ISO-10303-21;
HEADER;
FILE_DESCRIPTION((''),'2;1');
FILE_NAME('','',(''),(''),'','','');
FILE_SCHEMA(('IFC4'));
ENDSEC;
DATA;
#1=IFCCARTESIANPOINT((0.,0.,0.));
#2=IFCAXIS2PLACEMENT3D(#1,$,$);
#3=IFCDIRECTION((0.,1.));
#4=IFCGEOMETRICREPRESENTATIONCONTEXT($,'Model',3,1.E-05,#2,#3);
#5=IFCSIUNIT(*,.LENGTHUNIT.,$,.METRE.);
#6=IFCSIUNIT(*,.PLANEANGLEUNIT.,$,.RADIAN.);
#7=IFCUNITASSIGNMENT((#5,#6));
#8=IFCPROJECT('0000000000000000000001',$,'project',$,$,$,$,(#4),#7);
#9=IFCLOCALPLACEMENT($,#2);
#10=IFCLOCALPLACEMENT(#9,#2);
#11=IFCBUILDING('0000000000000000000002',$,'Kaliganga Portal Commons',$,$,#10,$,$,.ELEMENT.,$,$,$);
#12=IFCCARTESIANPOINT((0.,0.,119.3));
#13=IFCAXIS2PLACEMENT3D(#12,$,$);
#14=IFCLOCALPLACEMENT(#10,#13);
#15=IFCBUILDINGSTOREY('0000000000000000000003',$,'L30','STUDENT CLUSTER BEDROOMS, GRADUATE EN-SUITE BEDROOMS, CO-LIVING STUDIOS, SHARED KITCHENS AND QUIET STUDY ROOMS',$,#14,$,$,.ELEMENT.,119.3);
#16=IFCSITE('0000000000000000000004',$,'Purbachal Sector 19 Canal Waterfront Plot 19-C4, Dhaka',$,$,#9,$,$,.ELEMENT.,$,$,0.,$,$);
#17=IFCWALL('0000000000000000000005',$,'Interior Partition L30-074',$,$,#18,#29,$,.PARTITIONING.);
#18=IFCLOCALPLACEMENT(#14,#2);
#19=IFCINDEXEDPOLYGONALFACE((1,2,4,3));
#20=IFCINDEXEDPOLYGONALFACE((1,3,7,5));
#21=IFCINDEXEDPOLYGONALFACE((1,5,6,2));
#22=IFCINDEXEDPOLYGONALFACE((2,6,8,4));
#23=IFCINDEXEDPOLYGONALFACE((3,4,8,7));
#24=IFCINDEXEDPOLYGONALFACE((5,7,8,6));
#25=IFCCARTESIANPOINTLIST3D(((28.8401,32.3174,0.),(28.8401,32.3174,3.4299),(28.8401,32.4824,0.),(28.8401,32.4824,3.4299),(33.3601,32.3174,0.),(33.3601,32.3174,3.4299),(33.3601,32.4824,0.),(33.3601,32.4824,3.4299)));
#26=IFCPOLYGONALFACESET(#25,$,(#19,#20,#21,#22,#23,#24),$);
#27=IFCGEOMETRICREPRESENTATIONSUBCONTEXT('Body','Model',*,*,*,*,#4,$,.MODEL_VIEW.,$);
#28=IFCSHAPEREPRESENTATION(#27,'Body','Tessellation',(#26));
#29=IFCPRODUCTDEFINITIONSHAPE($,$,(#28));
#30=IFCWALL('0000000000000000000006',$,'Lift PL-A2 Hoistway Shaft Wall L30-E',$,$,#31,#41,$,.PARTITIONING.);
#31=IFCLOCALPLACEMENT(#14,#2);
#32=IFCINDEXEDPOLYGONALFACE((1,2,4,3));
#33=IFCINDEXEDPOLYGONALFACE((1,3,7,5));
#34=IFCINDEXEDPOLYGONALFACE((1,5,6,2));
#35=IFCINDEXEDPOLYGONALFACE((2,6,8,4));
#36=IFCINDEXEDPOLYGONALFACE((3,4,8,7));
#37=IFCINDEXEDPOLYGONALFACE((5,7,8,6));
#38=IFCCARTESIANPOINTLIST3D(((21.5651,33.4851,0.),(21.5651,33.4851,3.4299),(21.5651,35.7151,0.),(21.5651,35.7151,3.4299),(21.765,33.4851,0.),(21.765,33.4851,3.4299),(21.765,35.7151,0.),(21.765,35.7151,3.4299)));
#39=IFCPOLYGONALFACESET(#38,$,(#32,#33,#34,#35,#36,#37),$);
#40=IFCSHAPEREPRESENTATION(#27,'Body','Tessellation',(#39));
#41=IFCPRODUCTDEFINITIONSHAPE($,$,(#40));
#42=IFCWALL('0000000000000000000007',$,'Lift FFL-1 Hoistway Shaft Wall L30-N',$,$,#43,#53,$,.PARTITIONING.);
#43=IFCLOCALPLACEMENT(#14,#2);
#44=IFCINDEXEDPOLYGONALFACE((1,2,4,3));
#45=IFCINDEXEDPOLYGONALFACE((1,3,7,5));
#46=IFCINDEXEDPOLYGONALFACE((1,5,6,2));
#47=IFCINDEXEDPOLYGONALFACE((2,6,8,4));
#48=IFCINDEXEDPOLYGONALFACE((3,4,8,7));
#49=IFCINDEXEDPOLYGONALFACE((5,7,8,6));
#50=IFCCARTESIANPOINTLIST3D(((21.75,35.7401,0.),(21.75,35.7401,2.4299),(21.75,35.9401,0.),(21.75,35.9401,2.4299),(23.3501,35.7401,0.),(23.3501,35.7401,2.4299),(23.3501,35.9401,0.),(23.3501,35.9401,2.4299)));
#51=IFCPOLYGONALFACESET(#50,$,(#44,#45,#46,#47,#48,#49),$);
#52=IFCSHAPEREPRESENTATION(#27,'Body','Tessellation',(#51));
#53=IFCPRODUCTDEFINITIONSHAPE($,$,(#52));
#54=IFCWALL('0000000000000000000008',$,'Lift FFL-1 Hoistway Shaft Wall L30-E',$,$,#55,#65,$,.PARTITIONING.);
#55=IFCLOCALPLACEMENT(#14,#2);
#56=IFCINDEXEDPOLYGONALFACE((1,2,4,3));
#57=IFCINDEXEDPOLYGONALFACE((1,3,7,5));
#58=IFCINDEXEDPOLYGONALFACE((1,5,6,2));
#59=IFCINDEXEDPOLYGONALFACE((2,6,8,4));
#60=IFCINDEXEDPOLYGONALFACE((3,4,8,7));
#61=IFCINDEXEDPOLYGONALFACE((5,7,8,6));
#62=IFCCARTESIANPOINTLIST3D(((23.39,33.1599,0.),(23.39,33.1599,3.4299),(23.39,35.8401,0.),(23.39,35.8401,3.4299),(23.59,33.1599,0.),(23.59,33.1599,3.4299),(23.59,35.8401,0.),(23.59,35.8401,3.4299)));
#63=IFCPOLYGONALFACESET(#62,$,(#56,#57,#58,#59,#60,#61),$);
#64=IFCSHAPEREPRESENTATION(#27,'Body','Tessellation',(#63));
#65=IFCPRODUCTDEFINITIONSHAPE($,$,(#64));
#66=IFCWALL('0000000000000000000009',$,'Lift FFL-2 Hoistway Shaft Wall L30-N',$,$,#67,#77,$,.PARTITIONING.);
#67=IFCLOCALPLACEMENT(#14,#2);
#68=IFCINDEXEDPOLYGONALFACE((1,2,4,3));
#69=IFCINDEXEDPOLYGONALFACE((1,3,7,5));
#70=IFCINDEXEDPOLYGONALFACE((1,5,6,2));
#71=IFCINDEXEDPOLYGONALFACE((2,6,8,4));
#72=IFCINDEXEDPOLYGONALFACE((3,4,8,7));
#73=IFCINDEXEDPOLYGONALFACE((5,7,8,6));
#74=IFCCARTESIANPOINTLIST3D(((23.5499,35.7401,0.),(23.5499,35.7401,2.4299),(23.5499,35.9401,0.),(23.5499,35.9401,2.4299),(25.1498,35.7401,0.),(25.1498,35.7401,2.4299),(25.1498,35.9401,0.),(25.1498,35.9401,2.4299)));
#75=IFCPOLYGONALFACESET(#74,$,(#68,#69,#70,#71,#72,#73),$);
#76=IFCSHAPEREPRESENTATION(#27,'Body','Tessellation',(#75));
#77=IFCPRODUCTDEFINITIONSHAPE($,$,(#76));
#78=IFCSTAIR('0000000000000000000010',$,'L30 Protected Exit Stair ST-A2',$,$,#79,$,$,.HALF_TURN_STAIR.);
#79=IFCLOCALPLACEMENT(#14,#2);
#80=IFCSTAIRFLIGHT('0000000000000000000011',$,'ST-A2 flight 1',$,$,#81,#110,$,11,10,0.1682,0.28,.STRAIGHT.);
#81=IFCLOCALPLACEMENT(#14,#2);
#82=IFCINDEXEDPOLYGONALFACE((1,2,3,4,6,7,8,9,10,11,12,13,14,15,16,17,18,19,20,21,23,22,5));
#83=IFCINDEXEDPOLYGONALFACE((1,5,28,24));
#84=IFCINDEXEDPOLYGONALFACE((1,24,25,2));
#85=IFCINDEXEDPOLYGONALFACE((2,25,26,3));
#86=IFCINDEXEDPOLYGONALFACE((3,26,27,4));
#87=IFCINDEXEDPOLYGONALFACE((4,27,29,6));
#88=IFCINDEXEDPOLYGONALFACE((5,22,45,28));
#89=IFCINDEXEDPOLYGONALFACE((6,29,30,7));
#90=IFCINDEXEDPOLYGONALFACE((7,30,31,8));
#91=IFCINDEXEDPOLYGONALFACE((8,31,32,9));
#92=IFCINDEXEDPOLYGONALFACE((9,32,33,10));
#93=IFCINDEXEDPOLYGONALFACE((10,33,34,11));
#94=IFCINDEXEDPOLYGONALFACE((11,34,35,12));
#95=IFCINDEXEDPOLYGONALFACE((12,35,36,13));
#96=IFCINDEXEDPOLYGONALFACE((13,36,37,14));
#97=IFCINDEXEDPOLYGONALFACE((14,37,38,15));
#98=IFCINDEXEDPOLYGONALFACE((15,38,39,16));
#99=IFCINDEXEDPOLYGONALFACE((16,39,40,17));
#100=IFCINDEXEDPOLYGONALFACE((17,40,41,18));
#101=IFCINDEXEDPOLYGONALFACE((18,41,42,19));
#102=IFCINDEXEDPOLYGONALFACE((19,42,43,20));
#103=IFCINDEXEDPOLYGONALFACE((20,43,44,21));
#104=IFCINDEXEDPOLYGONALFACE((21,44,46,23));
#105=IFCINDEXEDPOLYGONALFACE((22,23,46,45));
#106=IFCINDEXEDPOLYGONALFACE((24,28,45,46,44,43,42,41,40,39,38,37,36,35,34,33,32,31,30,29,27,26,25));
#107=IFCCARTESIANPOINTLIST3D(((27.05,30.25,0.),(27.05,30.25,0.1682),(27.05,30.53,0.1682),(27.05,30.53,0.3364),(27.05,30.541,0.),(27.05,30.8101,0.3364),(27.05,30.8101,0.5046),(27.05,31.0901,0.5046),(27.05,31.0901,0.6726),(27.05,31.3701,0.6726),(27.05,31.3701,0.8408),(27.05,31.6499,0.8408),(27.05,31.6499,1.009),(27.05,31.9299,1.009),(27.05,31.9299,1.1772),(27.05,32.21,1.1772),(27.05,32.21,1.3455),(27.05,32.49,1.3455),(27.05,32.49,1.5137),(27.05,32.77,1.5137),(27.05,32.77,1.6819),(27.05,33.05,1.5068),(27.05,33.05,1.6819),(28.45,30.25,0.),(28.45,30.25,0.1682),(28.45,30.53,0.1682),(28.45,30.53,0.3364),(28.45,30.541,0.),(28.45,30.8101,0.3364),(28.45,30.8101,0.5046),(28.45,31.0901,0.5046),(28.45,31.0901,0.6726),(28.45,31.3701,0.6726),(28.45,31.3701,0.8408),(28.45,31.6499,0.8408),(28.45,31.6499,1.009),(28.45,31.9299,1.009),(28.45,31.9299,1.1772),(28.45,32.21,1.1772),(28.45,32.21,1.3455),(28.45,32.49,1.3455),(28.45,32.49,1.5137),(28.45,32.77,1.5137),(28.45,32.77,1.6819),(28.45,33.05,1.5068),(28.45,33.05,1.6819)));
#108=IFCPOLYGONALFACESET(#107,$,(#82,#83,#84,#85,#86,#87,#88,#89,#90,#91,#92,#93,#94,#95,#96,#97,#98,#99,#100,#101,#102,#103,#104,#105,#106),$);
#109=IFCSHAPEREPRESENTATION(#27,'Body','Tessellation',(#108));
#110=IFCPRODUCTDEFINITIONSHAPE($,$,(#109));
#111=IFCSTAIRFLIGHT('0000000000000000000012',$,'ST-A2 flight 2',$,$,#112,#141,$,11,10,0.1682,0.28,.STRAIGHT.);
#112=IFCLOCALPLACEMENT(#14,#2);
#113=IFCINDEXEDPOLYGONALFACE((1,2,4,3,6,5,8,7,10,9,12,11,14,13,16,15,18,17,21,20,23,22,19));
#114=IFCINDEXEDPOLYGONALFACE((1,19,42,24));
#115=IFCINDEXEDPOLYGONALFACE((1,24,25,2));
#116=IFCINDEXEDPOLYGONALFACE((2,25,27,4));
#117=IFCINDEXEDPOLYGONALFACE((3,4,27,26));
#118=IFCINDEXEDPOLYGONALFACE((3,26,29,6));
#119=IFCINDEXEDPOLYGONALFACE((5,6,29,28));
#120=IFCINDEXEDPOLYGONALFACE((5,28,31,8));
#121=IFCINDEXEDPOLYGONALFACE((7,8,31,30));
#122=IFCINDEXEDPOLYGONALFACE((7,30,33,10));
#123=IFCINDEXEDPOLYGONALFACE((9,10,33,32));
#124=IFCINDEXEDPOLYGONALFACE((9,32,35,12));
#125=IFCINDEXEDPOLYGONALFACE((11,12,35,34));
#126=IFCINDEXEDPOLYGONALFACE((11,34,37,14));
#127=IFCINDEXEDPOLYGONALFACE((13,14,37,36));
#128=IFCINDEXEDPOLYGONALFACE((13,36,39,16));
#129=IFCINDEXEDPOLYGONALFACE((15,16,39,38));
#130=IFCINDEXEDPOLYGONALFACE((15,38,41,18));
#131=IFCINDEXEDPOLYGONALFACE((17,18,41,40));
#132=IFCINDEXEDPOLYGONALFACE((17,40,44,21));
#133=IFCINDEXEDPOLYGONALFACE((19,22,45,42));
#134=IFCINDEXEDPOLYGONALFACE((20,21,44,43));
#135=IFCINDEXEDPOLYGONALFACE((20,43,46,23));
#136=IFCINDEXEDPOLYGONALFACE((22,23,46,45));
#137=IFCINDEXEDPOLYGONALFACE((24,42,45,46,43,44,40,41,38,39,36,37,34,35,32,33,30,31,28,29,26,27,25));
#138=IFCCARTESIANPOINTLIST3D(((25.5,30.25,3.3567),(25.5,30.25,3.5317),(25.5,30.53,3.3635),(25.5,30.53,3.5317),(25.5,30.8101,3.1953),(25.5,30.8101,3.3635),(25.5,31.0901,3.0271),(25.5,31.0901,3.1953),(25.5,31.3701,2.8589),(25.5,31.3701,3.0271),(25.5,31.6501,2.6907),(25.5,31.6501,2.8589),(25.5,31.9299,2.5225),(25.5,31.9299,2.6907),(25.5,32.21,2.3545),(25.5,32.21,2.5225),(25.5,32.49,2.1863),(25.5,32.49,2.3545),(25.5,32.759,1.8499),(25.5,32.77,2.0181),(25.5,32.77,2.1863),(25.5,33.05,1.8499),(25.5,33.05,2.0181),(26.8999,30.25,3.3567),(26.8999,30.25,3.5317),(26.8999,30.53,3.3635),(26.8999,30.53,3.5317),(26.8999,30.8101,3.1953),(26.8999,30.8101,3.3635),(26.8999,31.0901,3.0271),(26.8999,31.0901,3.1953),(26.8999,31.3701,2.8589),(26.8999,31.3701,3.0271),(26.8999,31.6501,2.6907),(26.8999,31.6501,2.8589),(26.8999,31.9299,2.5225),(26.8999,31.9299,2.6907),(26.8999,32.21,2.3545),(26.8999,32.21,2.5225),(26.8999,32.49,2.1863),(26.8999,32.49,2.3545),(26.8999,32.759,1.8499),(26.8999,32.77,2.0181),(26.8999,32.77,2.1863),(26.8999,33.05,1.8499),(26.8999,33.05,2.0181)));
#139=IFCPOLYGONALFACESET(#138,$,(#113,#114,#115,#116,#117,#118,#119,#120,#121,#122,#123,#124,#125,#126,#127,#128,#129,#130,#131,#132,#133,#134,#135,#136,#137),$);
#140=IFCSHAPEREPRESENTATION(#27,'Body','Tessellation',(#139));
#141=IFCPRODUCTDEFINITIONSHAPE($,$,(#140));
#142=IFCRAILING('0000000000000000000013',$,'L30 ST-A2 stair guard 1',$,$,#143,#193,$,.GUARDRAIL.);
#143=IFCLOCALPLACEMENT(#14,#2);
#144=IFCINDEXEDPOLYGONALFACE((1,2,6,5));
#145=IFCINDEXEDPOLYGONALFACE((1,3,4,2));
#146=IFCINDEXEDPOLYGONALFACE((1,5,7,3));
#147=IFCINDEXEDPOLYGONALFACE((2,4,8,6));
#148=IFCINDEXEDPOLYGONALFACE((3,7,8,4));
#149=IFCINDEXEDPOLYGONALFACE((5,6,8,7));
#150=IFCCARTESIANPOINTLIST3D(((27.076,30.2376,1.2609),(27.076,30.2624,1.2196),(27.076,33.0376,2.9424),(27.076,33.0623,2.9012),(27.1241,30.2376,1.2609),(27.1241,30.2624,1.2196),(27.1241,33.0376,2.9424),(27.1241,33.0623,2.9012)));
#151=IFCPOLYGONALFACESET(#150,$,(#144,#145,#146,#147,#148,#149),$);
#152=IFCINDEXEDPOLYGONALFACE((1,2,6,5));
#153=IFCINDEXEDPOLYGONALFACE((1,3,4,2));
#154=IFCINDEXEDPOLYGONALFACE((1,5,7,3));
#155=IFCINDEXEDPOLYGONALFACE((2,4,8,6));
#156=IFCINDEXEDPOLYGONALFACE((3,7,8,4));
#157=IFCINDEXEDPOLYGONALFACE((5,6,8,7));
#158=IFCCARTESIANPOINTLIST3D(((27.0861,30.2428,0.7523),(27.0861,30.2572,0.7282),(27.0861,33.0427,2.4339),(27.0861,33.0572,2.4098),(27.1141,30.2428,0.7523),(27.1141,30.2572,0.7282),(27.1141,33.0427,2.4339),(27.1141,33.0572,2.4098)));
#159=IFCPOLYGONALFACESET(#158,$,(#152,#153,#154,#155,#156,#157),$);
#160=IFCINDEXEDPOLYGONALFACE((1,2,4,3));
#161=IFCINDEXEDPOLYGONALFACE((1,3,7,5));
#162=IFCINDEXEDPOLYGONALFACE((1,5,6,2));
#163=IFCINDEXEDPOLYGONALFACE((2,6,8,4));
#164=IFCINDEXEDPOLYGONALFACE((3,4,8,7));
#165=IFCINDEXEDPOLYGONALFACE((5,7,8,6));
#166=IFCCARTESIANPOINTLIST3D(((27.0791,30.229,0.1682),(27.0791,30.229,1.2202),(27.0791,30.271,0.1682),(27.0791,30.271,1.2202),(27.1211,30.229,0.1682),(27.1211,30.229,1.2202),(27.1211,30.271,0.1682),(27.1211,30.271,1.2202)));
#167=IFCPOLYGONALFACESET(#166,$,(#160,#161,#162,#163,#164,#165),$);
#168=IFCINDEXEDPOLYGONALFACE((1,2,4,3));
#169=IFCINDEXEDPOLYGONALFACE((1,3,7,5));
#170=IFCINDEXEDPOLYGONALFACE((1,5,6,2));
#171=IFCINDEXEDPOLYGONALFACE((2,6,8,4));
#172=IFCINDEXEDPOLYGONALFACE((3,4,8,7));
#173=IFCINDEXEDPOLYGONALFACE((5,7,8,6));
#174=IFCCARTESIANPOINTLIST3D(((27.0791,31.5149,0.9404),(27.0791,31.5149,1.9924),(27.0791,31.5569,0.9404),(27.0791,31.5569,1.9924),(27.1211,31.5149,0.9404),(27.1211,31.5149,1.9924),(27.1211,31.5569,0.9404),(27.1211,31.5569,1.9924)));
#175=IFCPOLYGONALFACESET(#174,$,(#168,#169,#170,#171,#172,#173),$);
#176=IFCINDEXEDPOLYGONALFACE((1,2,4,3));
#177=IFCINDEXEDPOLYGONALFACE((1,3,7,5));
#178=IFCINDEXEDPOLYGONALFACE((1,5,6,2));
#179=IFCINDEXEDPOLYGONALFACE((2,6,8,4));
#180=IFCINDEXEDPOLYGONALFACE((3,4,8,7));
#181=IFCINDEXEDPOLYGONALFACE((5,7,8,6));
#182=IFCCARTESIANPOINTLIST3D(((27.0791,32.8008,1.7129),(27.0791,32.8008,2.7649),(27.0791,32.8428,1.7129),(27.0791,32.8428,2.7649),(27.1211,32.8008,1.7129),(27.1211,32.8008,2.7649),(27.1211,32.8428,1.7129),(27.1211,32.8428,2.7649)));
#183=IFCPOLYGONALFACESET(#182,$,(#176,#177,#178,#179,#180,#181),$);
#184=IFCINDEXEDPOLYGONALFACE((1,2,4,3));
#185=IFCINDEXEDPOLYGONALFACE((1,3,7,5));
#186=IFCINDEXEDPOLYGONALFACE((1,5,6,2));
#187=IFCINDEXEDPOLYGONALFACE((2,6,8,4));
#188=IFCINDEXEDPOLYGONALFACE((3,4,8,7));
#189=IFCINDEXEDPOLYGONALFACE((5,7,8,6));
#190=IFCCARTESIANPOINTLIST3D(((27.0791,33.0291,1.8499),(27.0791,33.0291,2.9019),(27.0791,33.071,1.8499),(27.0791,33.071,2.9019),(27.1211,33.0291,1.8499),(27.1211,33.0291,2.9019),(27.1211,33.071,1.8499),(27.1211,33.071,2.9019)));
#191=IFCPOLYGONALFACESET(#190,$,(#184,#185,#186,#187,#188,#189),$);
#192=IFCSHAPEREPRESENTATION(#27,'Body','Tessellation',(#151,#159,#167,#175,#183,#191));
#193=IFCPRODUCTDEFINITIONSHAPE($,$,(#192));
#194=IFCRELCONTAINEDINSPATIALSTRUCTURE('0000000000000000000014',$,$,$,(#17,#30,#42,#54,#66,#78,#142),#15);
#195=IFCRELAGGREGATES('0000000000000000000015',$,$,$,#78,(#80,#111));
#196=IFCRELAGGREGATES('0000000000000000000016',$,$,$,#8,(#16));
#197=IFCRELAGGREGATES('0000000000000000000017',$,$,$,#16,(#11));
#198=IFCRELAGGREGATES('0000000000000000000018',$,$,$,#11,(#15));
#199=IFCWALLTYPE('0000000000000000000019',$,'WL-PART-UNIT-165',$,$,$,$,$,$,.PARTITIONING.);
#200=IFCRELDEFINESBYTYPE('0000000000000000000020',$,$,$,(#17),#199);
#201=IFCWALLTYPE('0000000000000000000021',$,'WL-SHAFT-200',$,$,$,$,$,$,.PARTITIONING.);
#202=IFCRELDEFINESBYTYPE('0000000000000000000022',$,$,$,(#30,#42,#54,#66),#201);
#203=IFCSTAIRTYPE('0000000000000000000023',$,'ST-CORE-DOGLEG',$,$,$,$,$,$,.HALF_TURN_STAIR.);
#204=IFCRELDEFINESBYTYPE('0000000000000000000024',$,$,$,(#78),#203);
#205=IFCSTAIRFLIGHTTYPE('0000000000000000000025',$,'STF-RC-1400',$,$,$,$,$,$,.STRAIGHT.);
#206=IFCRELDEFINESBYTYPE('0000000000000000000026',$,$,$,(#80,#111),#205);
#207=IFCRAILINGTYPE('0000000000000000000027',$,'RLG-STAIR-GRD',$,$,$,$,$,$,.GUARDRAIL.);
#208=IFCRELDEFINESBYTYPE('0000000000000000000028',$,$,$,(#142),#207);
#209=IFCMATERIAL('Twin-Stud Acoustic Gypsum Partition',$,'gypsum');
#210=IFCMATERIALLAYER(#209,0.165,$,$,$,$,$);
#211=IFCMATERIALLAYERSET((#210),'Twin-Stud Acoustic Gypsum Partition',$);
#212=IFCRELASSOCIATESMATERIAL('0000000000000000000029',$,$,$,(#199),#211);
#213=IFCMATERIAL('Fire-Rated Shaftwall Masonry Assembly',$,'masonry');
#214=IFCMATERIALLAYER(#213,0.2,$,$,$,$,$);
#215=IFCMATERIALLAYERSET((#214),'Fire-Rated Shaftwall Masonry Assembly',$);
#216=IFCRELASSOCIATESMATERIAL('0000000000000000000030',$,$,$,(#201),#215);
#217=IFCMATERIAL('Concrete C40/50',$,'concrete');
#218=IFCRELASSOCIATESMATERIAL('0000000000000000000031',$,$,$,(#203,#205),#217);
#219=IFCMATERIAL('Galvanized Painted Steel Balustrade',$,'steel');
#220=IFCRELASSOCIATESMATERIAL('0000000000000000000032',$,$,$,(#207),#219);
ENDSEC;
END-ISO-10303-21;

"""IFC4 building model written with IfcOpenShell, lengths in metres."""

from ifc_helpers import new_model, si_unit, direction, frame, frame_2d, origin, origin_2d, place, context, subcontext, project, spatial, polyline, rectangle, outline, extrude, material, layer, layer_set, type_object, element, aggregate, save


model = new_model("IFC4")

# Units and contexts
model_context = context("Model", 3, precision=1e-05, world=origin(), true_north=direction((0.0, 1.0)))
body_context = subcontext(model_context, "Body", "Model", "MODEL_VIEW")
ifc_project = project(units=[si_unit("LENGTHUNIT", "METRE"), si_unit("PLANEANGLEUNIT", "RADIAN")], contexts=[model_context])

# Site, building, storey
site_placement = place(None, origin())
site = spatial("IfcSite", under=ifc_project, at=site_placement, Name="Purbachal Sector 19 Canal Waterfront Plot 19-C4, Dhaka", CompositionType="ELEMENT", RefElevation=0.0)
building_placement = place(site_placement, origin())
building = spatial("IfcBuilding", under=site, at=building_placement, Name="Kaliganga Portal Commons", CompositionType="ELEMENT")
storey_placement = place(building_placement, frame((0.0, 0.0, 119.3)))
storey = spatial("IfcBuildingStorey", under=building, at=storey_placement, Name="L30", Description="STUDENT CLUSTER BEDROOMS, GRADUATE EN-SUITE BEDROOMS, CO-LIVING STUDIOS, SHARED KITCHENS AND QUIET STUDY ROOMS", CompositionType="ELEMENT", Elevation=119.3)

# Walls
ifc_material_1 = material(Name="Twin-Stud Acoustic Gypsum Partition", Category="gypsum")
ifc_layer_1 = layer(ifc_material_1, 0.165)
ifc_layer_set_1 = layer_set([ifc_layer_1], Name="Twin-Stud Acoustic Gypsum Partition")
wall_type_1 = type_object("IfcWallType", Name="WL-PART-UNIT-165", PredefinedType="PARTITIONING", material=ifc_layer_set_1)
wall_1_placement = place(storey_placement, frame((28.8401, 32.3999, 0.0), z_axis=(0.0, 0.0, 1.0), x_axis=(1.0, 0.0, 0.0)))
element("IfcWall", 1, at=wall_1_placement, inside=storey, type_object=wall_type_1, Name="Interior Partition L30-074", PredefinedType="PARTITIONING", context=body_context, shape_type="SweptSolid", body=[
    extrude(rectangle(XDim=4.52, YDim=0.165, at=frame_2d((2.26, 0.0))), origin(), (0.0, 0.0, 1.0), 3.4299),
])
ifc_material_2 = material(Name="Fire-Rated Shaftwall Masonry Assembly", Category="masonry")
ifc_layer_2 = layer(ifc_material_2, 0.2)
ifc_layer_set_2 = layer_set([ifc_layer_2], Name="Fire-Rated Shaftwall Masonry Assembly")
wall_type_2 = type_object("IfcWallType", Name="WL-SHAFT-200", PredefinedType="PARTITIONING", material=ifc_layer_set_2)
wall_2_placement = place(storey_placement, frame((21.665, 33.4851, 0.0), z_axis=(0.0, 0.0, 1.0), x_axis=(0.0, 1.0, 0.0)))
element("IfcWall", 2, at=wall_2_placement, inside=storey, type_object=wall_type_2, Name="Lift PL-A2 Hoistway Shaft Wall L30-E", PredefinedType="PARTITIONING", context=body_context, shape_type="SweptSolid", body=[
    extrude(rectangle(XDim=2.23, YDim=0.2, at=frame_2d((1.115, 0.0))), origin(), (0.0, 0.0, 1.0), 3.4299),
])

# Walls
wall_3_placement = place(storey_placement, frame((21.75, 35.8401, 0.0), z_axis=(0.0, 0.0, 1.0), x_axis=(1.0, 0.0, 0.0)))
element("IfcWall", 3, at=wall_3_placement, inside=storey, type_object=wall_type_2, Name="Lift FFL-1 Hoistway Shaft Wall L30-N", PredefinedType="PARTITIONING", context=body_context, shape_type="SweptSolid", body=[
    extrude(rectangle(XDim=1.6001, YDim=0.2, at=frame_2d((0.8, 0.0))), origin(), (0.0, 0.0, 1.0), 2.4299),
])
wall_4_placement = place(storey_placement, frame((23.49, 33.1599, 0.0), z_axis=(0.0, 0.0, 1.0), x_axis=(0.0, 1.0, 0.0)))
element("IfcWall", 4, at=wall_4_placement, inside=storey, type_object=wall_type_2, Name="Lift FFL-1 Hoistway Shaft Wall L30-E", PredefinedType="PARTITIONING", context=body_context, shape_type="SweptSolid", body=[
    extrude(rectangle(XDim=2.6802, YDim=0.2, at=frame_2d((1.3401, 0.0))), origin(), (0.0, 0.0, 1.0), 3.4299),
])

# Wall
wall_5_placement = place(storey_placement, frame((23.55, 35.8401, 0.0), z_axis=(0.0, 0.0, 1.0), x_axis=(1.0, 0.0, 0.0)))
element("IfcWall", 5, at=wall_5_placement, inside=storey, type_object=wall_type_2, Name="Lift FFL-2 Hoistway Shaft Wall L30-N", PredefinedType="PARTITIONING", context=body_context, shape_type="SweptSolid", body=[
    extrude(rectangle(XDim=1.5999, YDim=0.2, at=frame_2d((0.7998, 0.0))), origin(), (0.0, 0.0, 1.0), 2.4299),
])

# Stair, stair flights
ifc_material_3 = material(Name="Concrete C40/50", Category="concrete")
stair_type = type_object("IfcStairType", Name="ST-CORE-DOGLEG", PredefinedType="HALF_TURN_STAIR", material=ifc_material_3)
stair_placement = place(storey_placement, origin())
stair = element("IfcStair", 6, at=stair_placement, inside=storey, type_object=stair_type, Name="L30 Protected Exit Stair ST-A2", PredefinedType="HALF_TURN_STAIR")
stair_flight_type = type_object("IfcStairFlightType", Name="STF-RC-1400", PredefinedType="STRAIGHT", material=ifc_material_3)
stair_flight_1_placement = place(storey_placement, frame((27.75, 30.25, 0.0), z_axis=(0.0, 0.0, 1.0), x_axis=(0.0, 1.0, 0.0)))
stair_flight_1 = element("IfcStairFlight", 7, at=stair_flight_1_placement, type_object=stair_flight_type, Name="ST-A2 flight 1", NumberOfRisers=11, NumberOfTreads=10, PredefinedType="STRAIGHT", RiserHeight=0.1682, TreadLength=0.28, context=body_context, shape_type="SweptSolid", body=[
    extrude(outline(polyline([(0.0, 0.0), (0.0, 0.1682), (0.28, 0.1682), (0.28, 0.3364), (0.5601, 0.3364), (0.5601, 0.5046), (0.8401, 0.5046), (0.8401, 0.6726), (1.1201, 0.6726), (1.1201, 0.8408), (1.3999, 0.8408), (1.3999, 1.009), (1.6799, 1.009), (1.6799, 1.1772), (1.96, 1.1772), (1.96, 1.3455), (2.24, 1.3455), (2.24, 1.5137), (2.52, 1.5137), (2.52, 1.6819), (2.8, 1.6819), (2.8, 1.8501), (2.8, 1.5068), (0.291, 0.0), (0.0, 0.0)])), frame((0.0, 0.7, 0.0), z_axis=(0.0, -1.0, 0.0), x_axis=(1.0, 0.0, 0.0)), (0.0, 0.0, 1.0), 1.3999),
])
stair_flight_2_placement = place(storey_placement, frame((26.2, 33.05, 1.8499), z_axis=(0.0, 0.0, 1.0), x_axis=(0.0, -1.0, 0.0)))
stair_flight_2 = element("IfcStairFlight", 8, at=stair_flight_2_placement, type_object=stair_flight_type, Name="ST-A2 flight 2", NumberOfRisers=11, NumberOfTreads=10, PredefinedType="STRAIGHT", RiserHeight=0.1682, TreadLength=0.28, context=body_context, shape_type="SweptSolid", body=[
    extrude(outline(polyline([(0.0, 0.0), (0.0, 0.1682), (0.28, 0.1682), (0.28, 0.3364), (0.5601, 0.3364), (0.5601, 0.5046), (0.8401, 0.5046), (0.8401, 0.6726), (1.1201, 0.6726), (1.1201, 0.8408), (1.3999, 0.8408), (1.3999, 1.009), (1.6799, 1.009), (1.6799, 1.1772), (1.96, 1.1772), (1.96, 1.3455), (2.24, 1.3455), (2.24, 1.5137), (2.52, 1.5137), (2.52, 1.6819), (2.8, 1.6819), (2.8, 1.8501), (2.8, 1.5068), (0.291, 0.0), (0.0, 0.0)])), frame((0.0, 0.7, 0.0), z_axis=(0.0, -1.0, 0.0), x_axis=(1.0, 0.0, 0.0)), (0.0, 0.0, 1.0), 1.3999),
])
aggregate(stair, [stair_flight_1, stair_flight_2])

# Railing
ifc_material_4 = material(Name="Galvanized Painted Steel Balustrade", Category="steel")
railing_type_1 = type_object("IfcRailingType", Name="RLG-STAIR-GRD", PredefinedType="GUARDRAIL", material=ifc_material_4)
railing_1_placement = place(storey_placement, frame((27.1001, 30.25, 0.1682)))
element("IfcRailing", 9, at=railing_1_placement, inside=storey, type_object=railing_type_1, Name="L30 ST-A2 stair guard 1", PredefinedType="GUARDRAIL", context=body_context, shape_type="SweptSolid", body=[
    extrude(rectangle(XDim=0.0481, YDim=0.0481, at=origin_2d()), frame((0.0, 0.0, 1.072), z_axis=(0.0, 0.857275, 0.514858), x_axis=(-1.0, 0.0, 0.0)), (0.0, 0.0, 1.0), 3.2661),
    extrude(rectangle(XDim=0.0281, YDim=0.0281, at=origin_2d()), frame((0.0, 0.0, 0.572), z_axis=(0.0, 0.857275, 0.514858), x_axis=(-1.0, 0.0, 0.0)), (0.0, 0.0, 1.0), 3.2661),
    extrude(rectangle(XDim=0.042, YDim=0.042, at=origin_2d()), origin(), (0.0, 0.0, 1.0), 1.052),
    extrude(rectangle(XDim=0.042, YDim=0.042, at=origin_2d()), frame((0.0, 1.2859, 0.7722)), (0.0, 0.0, 1.0), 1.052),
    extrude(rectangle(XDim=0.042, YDim=0.042, at=origin_2d()), frame((0.0, 2.5718, 1.5447)), (0.0, 0.0, 1.0), 1.052),
    extrude(rectangle(XDim=0.042, YDim=0.042, at=origin_2d()), frame((0.0, 2.8, 1.6816)), (0.0, 0.0, 1.0), 1.052),
])

save(model, "model.ifc")
